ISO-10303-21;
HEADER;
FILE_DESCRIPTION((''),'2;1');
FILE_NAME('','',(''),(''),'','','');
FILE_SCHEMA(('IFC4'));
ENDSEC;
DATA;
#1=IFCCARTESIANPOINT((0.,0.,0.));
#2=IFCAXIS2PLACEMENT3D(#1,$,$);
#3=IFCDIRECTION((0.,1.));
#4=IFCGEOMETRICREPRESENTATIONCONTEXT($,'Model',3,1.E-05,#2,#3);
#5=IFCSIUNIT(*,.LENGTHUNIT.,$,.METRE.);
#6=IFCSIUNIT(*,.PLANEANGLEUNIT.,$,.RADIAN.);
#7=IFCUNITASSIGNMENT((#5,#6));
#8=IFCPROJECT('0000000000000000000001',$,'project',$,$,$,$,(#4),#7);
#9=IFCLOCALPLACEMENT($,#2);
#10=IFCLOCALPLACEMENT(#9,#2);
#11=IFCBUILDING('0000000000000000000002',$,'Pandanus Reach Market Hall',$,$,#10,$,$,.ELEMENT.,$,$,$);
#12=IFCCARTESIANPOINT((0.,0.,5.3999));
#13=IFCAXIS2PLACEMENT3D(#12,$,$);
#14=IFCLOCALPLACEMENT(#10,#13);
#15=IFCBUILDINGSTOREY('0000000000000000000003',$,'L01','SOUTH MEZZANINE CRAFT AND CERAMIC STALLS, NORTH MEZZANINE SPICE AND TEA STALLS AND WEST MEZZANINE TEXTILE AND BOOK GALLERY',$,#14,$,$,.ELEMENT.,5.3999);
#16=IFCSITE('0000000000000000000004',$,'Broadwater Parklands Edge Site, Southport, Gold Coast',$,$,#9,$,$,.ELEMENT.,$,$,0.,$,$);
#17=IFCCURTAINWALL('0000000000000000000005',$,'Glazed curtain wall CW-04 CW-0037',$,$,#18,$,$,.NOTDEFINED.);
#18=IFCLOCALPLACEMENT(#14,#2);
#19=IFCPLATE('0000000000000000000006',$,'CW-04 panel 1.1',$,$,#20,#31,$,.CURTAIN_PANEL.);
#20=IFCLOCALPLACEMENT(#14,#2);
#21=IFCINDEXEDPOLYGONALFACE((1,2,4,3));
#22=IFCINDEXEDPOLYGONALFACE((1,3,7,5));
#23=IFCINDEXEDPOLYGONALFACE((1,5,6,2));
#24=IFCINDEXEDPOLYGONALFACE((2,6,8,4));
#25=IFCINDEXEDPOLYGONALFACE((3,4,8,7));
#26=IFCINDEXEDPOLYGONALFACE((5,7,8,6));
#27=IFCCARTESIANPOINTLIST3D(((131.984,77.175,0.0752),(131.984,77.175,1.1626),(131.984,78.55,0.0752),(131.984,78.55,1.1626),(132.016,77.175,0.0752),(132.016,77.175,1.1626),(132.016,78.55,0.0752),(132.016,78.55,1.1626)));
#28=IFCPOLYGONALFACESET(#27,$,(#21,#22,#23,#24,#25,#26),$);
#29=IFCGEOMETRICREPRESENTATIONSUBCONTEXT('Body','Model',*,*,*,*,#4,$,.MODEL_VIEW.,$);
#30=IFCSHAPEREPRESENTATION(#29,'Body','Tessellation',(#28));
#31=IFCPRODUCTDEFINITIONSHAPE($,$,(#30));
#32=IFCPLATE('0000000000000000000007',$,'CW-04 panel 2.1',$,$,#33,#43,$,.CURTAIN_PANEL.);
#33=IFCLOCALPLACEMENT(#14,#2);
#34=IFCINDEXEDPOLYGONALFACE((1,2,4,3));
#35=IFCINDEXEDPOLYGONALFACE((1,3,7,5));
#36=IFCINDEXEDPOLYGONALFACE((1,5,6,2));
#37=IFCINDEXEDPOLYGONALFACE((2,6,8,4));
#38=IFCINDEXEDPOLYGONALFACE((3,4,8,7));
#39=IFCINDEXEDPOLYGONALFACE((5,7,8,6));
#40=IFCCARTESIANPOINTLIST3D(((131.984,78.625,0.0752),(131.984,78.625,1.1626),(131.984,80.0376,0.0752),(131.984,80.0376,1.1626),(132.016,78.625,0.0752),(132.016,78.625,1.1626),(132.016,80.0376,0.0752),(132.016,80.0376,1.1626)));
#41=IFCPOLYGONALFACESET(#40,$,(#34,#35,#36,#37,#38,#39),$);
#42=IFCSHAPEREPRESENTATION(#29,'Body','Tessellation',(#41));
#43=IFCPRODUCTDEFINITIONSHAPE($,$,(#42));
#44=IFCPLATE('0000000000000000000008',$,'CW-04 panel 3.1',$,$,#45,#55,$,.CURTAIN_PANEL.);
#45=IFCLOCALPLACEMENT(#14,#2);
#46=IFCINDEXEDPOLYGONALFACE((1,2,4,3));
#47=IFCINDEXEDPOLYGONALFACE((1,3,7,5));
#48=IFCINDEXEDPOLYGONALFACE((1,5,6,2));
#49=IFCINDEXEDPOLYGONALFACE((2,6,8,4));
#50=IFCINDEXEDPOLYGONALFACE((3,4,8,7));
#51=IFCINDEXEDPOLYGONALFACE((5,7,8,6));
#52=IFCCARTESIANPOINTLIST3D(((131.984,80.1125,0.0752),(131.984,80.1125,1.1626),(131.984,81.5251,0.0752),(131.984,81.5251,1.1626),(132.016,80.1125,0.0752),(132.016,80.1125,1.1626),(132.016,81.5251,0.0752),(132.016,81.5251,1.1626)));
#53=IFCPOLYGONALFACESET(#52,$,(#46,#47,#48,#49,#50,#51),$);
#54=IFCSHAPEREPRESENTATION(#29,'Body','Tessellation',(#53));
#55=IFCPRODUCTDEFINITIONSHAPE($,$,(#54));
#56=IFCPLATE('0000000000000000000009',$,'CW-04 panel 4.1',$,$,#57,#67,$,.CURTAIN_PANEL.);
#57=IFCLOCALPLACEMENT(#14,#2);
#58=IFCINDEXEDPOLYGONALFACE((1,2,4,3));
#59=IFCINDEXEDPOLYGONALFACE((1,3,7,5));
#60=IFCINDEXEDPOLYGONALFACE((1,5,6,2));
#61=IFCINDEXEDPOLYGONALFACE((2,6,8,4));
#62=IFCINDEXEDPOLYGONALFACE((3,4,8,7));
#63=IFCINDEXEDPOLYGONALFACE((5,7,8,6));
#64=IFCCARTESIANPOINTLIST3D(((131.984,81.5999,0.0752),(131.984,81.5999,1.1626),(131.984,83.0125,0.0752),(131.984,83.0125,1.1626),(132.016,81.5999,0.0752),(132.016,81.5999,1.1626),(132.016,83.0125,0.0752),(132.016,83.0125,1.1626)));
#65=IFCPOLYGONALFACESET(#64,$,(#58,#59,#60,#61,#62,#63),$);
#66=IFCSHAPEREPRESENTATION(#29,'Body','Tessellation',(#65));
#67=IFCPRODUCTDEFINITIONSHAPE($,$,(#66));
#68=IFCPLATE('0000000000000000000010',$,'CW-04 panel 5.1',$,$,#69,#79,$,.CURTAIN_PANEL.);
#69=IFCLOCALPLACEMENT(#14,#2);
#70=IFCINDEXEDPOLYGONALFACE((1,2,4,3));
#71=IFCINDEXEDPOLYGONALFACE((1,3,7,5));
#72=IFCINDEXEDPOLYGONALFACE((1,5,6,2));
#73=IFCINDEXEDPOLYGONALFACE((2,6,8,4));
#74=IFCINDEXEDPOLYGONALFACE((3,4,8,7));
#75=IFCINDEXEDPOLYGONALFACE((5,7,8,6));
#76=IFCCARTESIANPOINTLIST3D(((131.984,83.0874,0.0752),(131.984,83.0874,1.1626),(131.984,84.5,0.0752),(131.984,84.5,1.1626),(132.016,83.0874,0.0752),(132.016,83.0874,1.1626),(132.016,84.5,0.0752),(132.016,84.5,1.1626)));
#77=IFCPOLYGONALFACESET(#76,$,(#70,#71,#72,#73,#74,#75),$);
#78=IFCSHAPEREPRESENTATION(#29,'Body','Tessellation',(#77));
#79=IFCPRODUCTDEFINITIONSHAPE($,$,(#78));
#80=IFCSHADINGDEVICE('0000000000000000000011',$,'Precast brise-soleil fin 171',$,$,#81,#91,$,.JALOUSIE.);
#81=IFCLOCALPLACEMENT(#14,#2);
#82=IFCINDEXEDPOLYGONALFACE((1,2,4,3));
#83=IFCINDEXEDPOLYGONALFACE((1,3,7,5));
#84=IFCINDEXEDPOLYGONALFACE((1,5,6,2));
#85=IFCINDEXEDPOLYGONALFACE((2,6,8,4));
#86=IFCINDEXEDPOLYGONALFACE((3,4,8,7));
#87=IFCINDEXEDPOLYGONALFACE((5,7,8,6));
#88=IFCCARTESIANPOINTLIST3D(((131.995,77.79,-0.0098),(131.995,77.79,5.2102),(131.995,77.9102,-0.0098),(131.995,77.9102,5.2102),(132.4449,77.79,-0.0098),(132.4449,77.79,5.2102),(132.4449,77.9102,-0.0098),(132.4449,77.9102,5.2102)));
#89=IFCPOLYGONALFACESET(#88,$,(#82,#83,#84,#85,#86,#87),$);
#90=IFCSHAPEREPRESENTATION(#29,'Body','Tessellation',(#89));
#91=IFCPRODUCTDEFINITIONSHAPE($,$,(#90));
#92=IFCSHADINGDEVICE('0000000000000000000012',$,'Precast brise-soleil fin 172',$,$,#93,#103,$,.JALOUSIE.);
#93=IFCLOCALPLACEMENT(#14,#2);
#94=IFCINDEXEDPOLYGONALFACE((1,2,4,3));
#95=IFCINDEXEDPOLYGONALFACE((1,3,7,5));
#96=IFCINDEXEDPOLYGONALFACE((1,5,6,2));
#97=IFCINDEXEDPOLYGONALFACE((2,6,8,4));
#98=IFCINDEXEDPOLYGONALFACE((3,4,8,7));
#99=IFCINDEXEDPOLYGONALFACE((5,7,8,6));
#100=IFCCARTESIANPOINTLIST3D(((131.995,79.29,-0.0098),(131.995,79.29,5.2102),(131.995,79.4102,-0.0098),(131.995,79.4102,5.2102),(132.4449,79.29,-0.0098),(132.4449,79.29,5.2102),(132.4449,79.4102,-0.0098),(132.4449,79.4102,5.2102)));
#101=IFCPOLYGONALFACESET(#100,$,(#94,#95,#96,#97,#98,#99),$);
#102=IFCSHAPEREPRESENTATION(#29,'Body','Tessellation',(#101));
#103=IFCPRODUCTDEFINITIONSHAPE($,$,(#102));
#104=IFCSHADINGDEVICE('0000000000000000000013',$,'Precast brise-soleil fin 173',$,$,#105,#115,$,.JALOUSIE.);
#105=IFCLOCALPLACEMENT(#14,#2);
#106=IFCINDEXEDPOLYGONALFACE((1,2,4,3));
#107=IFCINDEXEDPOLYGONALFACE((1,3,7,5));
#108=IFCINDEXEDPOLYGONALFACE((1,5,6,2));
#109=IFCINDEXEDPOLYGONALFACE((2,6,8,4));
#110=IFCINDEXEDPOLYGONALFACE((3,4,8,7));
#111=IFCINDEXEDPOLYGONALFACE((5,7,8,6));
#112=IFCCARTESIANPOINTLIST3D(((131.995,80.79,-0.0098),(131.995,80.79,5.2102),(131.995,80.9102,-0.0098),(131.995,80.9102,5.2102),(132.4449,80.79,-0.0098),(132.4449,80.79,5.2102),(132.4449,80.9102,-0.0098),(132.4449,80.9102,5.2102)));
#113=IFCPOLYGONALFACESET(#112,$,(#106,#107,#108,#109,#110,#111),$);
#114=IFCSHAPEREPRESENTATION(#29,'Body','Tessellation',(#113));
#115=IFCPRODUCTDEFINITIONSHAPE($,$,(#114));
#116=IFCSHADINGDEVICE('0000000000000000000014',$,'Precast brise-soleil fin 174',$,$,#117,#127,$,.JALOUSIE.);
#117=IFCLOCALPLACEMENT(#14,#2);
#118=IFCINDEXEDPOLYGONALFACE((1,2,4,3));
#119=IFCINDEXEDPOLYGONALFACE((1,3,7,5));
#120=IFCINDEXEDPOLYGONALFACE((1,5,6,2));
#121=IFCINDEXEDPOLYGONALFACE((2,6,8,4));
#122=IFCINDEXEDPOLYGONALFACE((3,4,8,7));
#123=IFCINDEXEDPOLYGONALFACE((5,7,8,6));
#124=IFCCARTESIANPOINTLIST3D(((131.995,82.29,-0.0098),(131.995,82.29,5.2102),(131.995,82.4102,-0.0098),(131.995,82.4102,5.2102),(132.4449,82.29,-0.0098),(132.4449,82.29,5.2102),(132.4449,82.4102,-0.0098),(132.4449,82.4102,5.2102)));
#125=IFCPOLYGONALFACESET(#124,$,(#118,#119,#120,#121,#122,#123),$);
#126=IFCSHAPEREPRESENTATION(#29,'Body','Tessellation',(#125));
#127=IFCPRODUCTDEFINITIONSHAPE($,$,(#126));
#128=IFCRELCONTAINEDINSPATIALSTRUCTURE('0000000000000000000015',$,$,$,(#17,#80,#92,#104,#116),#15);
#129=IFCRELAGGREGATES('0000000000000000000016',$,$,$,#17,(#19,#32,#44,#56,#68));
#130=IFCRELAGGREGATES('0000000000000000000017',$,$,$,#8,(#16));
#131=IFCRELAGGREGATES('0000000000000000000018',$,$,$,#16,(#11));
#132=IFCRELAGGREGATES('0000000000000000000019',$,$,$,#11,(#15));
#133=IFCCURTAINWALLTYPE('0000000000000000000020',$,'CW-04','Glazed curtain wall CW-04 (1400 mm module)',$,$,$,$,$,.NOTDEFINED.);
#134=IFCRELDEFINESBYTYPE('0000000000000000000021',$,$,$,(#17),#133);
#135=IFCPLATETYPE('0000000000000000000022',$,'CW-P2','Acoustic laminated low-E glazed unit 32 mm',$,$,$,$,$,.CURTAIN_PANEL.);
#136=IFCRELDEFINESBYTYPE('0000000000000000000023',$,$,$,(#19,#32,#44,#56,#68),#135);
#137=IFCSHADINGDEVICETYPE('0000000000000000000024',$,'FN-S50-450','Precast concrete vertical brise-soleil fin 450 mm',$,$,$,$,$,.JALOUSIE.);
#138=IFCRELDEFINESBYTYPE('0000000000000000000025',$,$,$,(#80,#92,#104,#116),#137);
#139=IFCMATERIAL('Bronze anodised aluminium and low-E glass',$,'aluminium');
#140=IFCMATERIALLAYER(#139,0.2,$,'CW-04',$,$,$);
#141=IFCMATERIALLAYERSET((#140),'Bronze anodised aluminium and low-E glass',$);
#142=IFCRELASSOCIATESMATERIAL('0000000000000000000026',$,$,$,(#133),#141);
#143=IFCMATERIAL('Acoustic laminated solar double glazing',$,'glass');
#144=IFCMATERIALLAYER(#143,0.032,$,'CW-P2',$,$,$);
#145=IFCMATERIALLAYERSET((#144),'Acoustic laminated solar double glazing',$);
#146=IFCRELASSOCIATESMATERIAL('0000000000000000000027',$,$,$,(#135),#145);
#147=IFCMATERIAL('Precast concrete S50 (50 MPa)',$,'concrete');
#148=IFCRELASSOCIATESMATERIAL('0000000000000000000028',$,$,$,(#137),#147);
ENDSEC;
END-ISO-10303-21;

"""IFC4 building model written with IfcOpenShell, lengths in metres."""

from ifc_helpers import new_model, si_unit, direction, frame, origin, origin_2d, place, context, subcontext, project, spatial, rectangle, extrude, material, layer, layer_set, type_object, element, aggregate, save


model = new_model("IFC4")

# Units and contexts
model_context = context("Model", 3, precision=1e-05, world=origin(), true_north=direction((0.0, 1.0)))
body_context = subcontext(model_context, "Body", "Model", "MODEL_VIEW")
ifc_project = project(units=[si_unit("LENGTHUNIT", "METRE"), si_unit("PLANEANGLEUNIT", "RADIAN")], contexts=[model_context])

# Site, building, storey
site_placement = place(None, origin())
site = spatial("IfcSite", under=ifc_project, at=site_placement, Name="Broadwater Parklands Edge Site, Southport, Gold Coast", CompositionType="ELEMENT", RefElevation=0.0)
building_placement = place(site_placement, origin())
building = spatial("IfcBuilding", under=site, at=building_placement, Name="Pandanus Reach Market Hall", CompositionType="ELEMENT")
storey_placement = place(building_placement, frame((0.0, 0.0, 5.3999)))
storey = spatial("IfcBuildingStorey", under=building, at=storey_placement, Name="L01", Description="SOUTH MEZZANINE CRAFT AND CERAMIC STALLS, NORTH MEZZANINE SPICE AND TEA STALLS AND WEST MEZZANINE TEXTILE AND BOOK GALLERY", CompositionType="ELEMENT", Elevation=5.3999)

# Curtain wall, plates
ifc_material_1 = material(Name="Bronze anodised aluminium and low-E glass", Category="aluminium")
ifc_layer_1 = layer(ifc_material_1, 0.2, Name="CW-04")
ifc_layer_set_1 = layer_set([ifc_layer_1], Name="Bronze anodised aluminium and low-E glass")
curtain_wall_type = type_object("IfcCurtainWallType", Name="CW-04", Description="Glazed curtain wall CW-04 (1400 mm module)", PredefinedType="NOTDEFINED", material=ifc_layer_set_1)
curtain_wall_placement = place(storey_placement, origin())
curtain_wall = element("IfcCurtainWall", 1, at=curtain_wall_placement, inside=storey, type_object=curtain_wall_type, Name="Glazed curtain wall CW-04 CW-0037", PredefinedType="NOTDEFINED")
ifc_material_2 = material(Name="Acoustic laminated solar double glazing", Category="glass")
ifc_layer_2 = layer(ifc_material_2, 0.032, Name="CW-P2")
ifc_layer_set_2 = layer_set([ifc_layer_2], Name="Acoustic laminated solar double glazing")
plate_type = type_object("IfcPlateType", Name="CW-P2", Description="Acoustic laminated low-E glazed unit 32 mm", PredefinedType="CURTAIN_PANEL", material=ifc_layer_set_2)
plate_1_placement = place(storey_placement, frame((132.0, 77.8625, 0.0752), z_axis=(0.0, 0.0, 1.0), x_axis=(0.0, 1.0, 0.0)))
plate_1 = element("IfcPlate", 2, at=plate_1_placement, type_object=plate_type, Name="CW-04 panel 1.1", PredefinedType="CURTAIN_PANEL", context=body_context, shape_type="SweptSolid", body=[
    extrude(rectangle(XDim=1.375, YDim=0.032, at=origin_2d()), origin(), (0.0, 0.0, 1.0), 1.0874),
])
plate_2_placement = place(storey_placement, frame((132.0, 79.3313, 0.0752), z_axis=(0.0, 0.0, 1.0), x_axis=(0.0, 1.0, 0.0)))
plate_2 = element("IfcPlate", 3, at=plate_2_placement, type_object=plate_type, Name="CW-04 panel 2.1", PredefinedType="CURTAIN_PANEL", context=body_context, shape_type="SweptSolid", body=[
    extrude(rectangle(XDim=1.4126, YDim=0.032, at=origin_2d()), origin(), (0.0, 0.0, 1.0), 1.0874),
])
plate_3_placement = place(storey_placement, frame((132.0, 80.8188, 0.0752), z_axis=(0.0, 0.0, 1.0), x_axis=(0.0, 1.0, 0.0)))
plate_3 = element("IfcPlate", 4, at=plate_3_placement, type_object=plate_type, Name="CW-04 panel 3.1", PredefinedType="CURTAIN_PANEL", context=body_context, shape_type="SweptSolid", body=[
    extrude(rectangle(XDim=1.4126, YDim=0.032, at=origin_2d()), origin(), (0.0, 0.0, 1.0), 1.0874),
])
plate_4_placement = place(storey_placement, frame((132.0, 82.3062, 0.0752), z_axis=(0.0, 0.0, 1.0), x_axis=(0.0, 1.0, 0.0)))
plate_4 = element("IfcPlate", 5, at=plate_4_placement, type_object=plate_type, Name="CW-04 panel 4.1", PredefinedType="CURTAIN_PANEL", context=body_context, shape_type="SweptSolid", body=[
    extrude(rectangle(XDim=1.4126, YDim=0.032, at=origin_2d()), origin(), (0.0, 0.0, 1.0), 1.0874),
])
plate_5_placement = place(storey_placement, frame((132.0, 83.7937, 0.0752), z_axis=(0.0, 0.0, 1.0), x_axis=(0.0, 1.0, 0.0)))
plate_5 = element("IfcPlate", 6, at=plate_5_placement, type_object=plate_type, Name="CW-04 panel 5.1", PredefinedType="CURTAIN_PANEL", context=body_context, shape_type="SweptSolid", body=[
    extrude(rectangle(XDim=1.4126, YDim=0.032, at=origin_2d()), origin(), (0.0, 0.0, 1.0), 1.0874),
])
aggregate(curtain_wall, [plate_1, plate_2, plate_3, plate_4, plate_5])

# Shading devices
ifc_material_3 = material(Name="Precast concrete S50 (50 MPa)", Category="concrete")
shading_device_type = type_object("IfcShadingDeviceType", Name="FN-S50-450", Description="Precast concrete vertical brise-soleil fin 450 mm", PredefinedType="JALOUSIE", material=ifc_material_3)
for number, where, z_axis, x_axis, name in (
    (7, (132.22, 77.8501, -0.0098), (0.0, 0.0, 1.0), (1.0, 0.0, 0.0), "Precast brise-soleil fin 171"),
    (8, (132.22, 79.3501, -0.0098), (0.0, 0.0, 1.0), (1.0, 0.0, 0.0), "Precast brise-soleil fin 172"),
    (9, (132.22, 80.8501, -0.0098), (0.0, 0.0, 1.0), (1.0, 0.0, 0.0), "Precast brise-soleil fin 173"),
    (10, (132.22, 82.3501, -0.0098), (0.0, 0.0, 1.0), (1.0, 0.0, 0.0), "Precast brise-soleil fin 174"),
):
    element("IfcShadingDevice", number, at=place(storey_placement, frame(where, z_axis=z_axis, x_axis=x_axis)), inside=storey, type_object=shading_device_type, Name=name, PredefinedType="JALOUSIE", context=body_context, shape_type="SweptSolid", body=[
        extrude(rectangle(XDim=0.45, YDim=0.1201, at=origin_2d()), origin(), (0.0, 0.0, 1.0), 5.22),
    ])

save(model, "model.ifc")
